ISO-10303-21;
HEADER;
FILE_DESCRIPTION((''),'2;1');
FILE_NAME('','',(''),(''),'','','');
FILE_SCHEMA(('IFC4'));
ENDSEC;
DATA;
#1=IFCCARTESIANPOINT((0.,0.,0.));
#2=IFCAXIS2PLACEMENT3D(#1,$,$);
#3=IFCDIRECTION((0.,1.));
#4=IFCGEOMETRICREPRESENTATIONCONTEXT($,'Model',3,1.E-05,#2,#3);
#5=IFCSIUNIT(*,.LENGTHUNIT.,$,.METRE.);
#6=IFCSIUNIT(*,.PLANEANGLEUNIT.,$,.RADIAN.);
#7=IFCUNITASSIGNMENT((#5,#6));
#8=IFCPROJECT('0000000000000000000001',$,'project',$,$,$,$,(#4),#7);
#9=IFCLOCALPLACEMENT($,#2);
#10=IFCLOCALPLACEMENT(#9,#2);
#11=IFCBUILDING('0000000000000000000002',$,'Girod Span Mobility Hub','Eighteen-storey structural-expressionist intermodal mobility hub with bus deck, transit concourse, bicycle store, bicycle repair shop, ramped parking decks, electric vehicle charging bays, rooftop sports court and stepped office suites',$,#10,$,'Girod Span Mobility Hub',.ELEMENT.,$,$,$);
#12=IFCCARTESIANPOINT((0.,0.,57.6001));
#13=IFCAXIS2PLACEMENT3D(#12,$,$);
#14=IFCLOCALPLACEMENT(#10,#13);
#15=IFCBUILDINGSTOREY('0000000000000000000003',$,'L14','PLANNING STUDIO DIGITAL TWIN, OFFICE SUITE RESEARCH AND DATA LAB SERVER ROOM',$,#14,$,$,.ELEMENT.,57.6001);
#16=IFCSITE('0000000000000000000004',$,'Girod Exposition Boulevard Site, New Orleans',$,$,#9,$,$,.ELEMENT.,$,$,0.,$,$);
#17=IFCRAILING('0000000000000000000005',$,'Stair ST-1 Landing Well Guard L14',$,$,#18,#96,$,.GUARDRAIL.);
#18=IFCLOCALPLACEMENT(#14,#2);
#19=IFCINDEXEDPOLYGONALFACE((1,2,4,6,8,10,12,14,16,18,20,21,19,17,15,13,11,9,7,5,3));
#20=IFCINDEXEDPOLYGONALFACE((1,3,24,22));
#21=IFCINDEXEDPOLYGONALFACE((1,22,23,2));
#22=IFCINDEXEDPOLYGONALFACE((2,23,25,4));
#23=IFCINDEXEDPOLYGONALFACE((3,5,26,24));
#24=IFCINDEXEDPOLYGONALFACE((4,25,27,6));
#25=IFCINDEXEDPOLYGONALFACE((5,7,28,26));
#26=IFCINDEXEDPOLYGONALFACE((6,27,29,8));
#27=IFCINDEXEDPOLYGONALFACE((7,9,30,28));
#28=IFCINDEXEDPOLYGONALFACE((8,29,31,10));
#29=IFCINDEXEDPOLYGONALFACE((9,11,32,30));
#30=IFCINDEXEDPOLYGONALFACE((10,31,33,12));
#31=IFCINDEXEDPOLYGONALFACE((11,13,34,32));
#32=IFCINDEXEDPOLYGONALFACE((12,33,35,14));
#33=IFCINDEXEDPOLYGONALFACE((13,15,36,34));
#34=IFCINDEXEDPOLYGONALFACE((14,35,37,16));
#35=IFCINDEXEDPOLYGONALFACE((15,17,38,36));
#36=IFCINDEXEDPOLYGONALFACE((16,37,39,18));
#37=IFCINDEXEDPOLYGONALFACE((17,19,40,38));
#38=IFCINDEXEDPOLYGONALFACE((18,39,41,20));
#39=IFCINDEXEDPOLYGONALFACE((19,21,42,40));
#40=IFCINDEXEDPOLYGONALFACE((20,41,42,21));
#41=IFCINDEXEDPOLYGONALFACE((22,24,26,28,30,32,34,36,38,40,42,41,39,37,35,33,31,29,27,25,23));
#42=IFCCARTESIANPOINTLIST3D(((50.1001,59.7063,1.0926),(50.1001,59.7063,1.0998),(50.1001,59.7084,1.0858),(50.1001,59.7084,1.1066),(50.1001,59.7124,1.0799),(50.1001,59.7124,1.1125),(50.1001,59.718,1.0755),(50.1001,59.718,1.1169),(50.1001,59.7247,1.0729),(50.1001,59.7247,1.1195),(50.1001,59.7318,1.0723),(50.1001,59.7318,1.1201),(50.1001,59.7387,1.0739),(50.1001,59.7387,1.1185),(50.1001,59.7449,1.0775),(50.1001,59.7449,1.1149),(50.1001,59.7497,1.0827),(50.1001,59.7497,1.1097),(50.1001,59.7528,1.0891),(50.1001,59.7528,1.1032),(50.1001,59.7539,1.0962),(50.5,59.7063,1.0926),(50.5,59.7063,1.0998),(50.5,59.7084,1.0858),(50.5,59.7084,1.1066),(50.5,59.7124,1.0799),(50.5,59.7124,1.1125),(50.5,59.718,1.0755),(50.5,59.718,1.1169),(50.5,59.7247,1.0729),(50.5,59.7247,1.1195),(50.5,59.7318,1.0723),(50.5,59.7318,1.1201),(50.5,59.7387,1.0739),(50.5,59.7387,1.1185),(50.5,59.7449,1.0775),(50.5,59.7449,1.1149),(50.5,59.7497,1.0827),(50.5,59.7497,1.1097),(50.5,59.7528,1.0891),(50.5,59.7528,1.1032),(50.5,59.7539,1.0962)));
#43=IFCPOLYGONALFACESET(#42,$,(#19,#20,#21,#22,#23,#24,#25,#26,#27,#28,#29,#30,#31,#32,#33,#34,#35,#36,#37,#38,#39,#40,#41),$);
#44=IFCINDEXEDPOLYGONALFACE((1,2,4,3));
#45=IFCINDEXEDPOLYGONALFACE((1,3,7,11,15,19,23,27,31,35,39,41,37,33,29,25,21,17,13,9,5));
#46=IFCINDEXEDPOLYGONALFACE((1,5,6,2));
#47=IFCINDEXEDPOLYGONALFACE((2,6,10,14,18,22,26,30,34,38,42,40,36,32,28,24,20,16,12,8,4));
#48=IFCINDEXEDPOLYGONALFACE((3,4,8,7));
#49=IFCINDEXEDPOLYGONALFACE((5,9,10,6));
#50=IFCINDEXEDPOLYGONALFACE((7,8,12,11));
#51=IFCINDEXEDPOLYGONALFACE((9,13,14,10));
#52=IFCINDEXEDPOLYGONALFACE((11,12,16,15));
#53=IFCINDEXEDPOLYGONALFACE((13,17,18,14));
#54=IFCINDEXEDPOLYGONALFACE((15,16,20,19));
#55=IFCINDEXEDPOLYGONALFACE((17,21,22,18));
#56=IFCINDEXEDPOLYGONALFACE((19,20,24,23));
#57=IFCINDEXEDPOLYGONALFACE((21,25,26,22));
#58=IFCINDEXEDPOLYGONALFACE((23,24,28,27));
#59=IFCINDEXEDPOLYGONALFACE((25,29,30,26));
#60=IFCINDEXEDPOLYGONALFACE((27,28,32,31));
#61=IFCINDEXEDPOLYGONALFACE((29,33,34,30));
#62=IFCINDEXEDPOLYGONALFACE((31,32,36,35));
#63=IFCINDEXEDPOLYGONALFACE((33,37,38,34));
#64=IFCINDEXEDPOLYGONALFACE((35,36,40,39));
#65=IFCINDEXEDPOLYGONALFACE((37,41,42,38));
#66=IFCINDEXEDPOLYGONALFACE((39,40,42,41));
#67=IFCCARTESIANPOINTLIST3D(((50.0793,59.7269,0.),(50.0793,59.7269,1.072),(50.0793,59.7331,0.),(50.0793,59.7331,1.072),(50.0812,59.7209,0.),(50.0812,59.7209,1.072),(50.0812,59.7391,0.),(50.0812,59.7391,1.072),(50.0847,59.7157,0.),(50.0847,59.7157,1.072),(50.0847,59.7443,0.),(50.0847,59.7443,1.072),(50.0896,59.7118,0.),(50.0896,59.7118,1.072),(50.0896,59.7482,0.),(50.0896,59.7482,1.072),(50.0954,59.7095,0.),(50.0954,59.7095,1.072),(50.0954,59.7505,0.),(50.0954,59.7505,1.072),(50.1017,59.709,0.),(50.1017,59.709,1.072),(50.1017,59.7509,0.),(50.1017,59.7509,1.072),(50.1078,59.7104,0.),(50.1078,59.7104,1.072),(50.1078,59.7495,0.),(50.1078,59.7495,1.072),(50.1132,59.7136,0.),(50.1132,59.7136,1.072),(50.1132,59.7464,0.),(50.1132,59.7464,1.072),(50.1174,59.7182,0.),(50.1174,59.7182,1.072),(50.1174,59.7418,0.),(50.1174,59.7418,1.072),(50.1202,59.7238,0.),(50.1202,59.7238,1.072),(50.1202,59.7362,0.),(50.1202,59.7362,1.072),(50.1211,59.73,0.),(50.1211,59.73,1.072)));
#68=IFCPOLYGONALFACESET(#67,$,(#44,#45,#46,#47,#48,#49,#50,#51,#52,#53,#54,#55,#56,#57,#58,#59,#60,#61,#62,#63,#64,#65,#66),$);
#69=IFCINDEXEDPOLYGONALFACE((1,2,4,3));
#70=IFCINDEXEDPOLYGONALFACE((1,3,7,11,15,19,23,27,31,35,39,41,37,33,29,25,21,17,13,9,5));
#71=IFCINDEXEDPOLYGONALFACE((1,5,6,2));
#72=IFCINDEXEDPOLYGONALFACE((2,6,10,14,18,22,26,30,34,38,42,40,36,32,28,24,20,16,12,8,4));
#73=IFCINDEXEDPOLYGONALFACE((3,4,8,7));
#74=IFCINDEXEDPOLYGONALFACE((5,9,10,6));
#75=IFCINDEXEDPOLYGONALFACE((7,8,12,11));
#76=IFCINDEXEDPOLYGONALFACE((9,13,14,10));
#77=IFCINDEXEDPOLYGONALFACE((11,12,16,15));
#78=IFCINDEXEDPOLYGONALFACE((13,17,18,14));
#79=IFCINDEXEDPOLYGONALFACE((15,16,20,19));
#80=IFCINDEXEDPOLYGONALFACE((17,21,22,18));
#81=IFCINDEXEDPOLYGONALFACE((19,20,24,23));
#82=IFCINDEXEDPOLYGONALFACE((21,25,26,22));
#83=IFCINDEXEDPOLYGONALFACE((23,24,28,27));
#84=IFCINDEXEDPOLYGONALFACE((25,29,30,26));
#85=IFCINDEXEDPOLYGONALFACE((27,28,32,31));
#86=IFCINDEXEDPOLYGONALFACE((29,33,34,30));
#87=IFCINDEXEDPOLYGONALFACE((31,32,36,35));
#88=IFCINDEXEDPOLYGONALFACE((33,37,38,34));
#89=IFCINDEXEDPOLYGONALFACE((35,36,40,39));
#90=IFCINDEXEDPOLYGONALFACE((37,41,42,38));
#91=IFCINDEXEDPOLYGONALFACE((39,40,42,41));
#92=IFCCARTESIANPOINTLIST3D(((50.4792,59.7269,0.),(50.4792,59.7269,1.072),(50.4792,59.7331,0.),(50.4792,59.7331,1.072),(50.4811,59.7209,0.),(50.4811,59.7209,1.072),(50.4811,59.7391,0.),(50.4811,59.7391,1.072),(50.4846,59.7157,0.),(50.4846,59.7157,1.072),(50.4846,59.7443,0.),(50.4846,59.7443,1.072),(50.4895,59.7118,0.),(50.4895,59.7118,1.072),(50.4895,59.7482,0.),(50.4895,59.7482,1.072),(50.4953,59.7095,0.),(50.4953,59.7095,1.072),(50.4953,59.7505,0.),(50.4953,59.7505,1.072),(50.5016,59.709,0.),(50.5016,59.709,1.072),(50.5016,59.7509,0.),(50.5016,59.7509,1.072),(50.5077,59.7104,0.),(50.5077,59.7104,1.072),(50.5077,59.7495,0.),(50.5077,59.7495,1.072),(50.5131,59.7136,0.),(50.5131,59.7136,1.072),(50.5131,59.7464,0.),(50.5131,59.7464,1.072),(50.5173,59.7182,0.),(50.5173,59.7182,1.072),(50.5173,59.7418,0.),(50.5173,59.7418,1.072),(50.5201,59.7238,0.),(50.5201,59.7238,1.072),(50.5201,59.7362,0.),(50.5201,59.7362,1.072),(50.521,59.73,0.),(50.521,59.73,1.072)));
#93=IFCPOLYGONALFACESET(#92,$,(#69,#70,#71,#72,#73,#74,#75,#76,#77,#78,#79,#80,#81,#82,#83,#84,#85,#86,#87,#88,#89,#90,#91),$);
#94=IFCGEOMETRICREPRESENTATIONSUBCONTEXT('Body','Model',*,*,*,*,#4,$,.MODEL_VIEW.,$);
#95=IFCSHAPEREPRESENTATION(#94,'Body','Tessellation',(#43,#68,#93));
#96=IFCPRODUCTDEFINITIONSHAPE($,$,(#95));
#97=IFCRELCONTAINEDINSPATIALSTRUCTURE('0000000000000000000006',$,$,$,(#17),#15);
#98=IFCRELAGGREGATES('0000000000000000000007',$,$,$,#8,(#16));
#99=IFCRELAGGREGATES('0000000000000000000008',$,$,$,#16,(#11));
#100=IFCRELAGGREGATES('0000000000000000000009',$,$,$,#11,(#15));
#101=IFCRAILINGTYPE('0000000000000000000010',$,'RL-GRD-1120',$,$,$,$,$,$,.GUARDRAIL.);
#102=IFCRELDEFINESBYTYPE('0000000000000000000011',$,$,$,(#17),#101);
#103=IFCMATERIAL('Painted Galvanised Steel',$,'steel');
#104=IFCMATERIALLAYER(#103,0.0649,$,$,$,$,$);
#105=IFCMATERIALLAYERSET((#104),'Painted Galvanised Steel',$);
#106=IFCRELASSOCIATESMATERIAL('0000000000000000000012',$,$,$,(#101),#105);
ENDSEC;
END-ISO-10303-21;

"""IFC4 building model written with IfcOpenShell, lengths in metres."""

from ifc_helpers import new_model, si_unit, direction, frame, origin, origin_2d, place, context, subcontext, project, spatial, circle, extrude, material, layer, layer_set, type_object, element, save


model = new_model("IFC4")

# Units and contexts
model_context = context("Model", 3, precision=1e-05, world=origin(), true_north=direction((0.0, 1.0)))
body_context = subcontext(model_context, "Body", "Model", "MODEL_VIEW")
ifc_project = project(units=[si_unit("LENGTHUNIT", "METRE"), si_unit("PLANEANGLEUNIT", "RADIAN")], contexts=[model_context])

# Site, building, storey
site_placement = place(None, origin())
site = spatial("IfcSite", under=ifc_project, at=site_placement, Name="Girod Exposition Boulevard Site, New Orleans", CompositionType="ELEMENT", RefElevation=0.0)
building_placement = place(site_placement, origin())
building = spatial("IfcBuilding", under=site, at=building_placement, Name="Girod Span Mobility Hub", Description="Eighteen-storey structural-expressionist intermodal mobility hub with bus deck, transit concourse, bicycle store, bicycle repair shop, ramped parking decks, electric vehicle charging bays, rooftop sports court and stepped office suites", LongName="Girod Span Mobility Hub", CompositionType="ELEMENT")
storey_placement = place(building_placement, frame((0.0, 0.0, 57.6001)))
storey = spatial("IfcBuildingStorey", under=building, at=storey_placement, Name="L14", Description="PLANNING STUDIO DIGITAL TWIN, OFFICE SUITE RESEARCH AND DATA LAB SERVER ROOM", CompositionType="ELEMENT", Elevation=57.6001)

# Railing
ifc_material_1 = material(Name="Painted Galvanised Steel", Category="steel")
ifc_layer_1 = layer(ifc_material_1, 0.0649)
ifc_layer_set_1 = layer_set([ifc_layer_1], Name="Painted Galvanised Steel")
railing_type_1 = type_object("IfcRailingType", Name="RL-GRD-1120", PredefinedType="GUARDRAIL", material=ifc_layer_set_1)
for number, where, name in (
    (1, (50.1001, 59.73, 0.0), "Stair ST-1 Landing Well Guard L14"),
):
    element("IfcRailing", number, at=place(storey_placement, frame(where)), inside=storey, type_object=railing_type_1, Name=name, PredefinedType="GUARDRAIL", context=body_context, shape_type="SweptSolid", body=[
        extrude(circle(Radius=0.0239, at=origin_2d()), frame((0.0, 0.0, 1.0962), z_axis=(1.0, 0.0, 0.0), x_axis=(0.0, 1.0, 0.0)), (0.0, 0.0, 1.0), 0.3999),
        extrude(circle(Radius=0.021, at=origin_2d()), origin(), (0.0, 0.0, 1.0), 1.072),
        extrude(circle(Radius=0.021, at=origin_2d()), frame((0.3999, 0.0, 0.0)), (0.0, 0.0, 1.0), 1.072),
    ])

save(model, "model.ifc")
